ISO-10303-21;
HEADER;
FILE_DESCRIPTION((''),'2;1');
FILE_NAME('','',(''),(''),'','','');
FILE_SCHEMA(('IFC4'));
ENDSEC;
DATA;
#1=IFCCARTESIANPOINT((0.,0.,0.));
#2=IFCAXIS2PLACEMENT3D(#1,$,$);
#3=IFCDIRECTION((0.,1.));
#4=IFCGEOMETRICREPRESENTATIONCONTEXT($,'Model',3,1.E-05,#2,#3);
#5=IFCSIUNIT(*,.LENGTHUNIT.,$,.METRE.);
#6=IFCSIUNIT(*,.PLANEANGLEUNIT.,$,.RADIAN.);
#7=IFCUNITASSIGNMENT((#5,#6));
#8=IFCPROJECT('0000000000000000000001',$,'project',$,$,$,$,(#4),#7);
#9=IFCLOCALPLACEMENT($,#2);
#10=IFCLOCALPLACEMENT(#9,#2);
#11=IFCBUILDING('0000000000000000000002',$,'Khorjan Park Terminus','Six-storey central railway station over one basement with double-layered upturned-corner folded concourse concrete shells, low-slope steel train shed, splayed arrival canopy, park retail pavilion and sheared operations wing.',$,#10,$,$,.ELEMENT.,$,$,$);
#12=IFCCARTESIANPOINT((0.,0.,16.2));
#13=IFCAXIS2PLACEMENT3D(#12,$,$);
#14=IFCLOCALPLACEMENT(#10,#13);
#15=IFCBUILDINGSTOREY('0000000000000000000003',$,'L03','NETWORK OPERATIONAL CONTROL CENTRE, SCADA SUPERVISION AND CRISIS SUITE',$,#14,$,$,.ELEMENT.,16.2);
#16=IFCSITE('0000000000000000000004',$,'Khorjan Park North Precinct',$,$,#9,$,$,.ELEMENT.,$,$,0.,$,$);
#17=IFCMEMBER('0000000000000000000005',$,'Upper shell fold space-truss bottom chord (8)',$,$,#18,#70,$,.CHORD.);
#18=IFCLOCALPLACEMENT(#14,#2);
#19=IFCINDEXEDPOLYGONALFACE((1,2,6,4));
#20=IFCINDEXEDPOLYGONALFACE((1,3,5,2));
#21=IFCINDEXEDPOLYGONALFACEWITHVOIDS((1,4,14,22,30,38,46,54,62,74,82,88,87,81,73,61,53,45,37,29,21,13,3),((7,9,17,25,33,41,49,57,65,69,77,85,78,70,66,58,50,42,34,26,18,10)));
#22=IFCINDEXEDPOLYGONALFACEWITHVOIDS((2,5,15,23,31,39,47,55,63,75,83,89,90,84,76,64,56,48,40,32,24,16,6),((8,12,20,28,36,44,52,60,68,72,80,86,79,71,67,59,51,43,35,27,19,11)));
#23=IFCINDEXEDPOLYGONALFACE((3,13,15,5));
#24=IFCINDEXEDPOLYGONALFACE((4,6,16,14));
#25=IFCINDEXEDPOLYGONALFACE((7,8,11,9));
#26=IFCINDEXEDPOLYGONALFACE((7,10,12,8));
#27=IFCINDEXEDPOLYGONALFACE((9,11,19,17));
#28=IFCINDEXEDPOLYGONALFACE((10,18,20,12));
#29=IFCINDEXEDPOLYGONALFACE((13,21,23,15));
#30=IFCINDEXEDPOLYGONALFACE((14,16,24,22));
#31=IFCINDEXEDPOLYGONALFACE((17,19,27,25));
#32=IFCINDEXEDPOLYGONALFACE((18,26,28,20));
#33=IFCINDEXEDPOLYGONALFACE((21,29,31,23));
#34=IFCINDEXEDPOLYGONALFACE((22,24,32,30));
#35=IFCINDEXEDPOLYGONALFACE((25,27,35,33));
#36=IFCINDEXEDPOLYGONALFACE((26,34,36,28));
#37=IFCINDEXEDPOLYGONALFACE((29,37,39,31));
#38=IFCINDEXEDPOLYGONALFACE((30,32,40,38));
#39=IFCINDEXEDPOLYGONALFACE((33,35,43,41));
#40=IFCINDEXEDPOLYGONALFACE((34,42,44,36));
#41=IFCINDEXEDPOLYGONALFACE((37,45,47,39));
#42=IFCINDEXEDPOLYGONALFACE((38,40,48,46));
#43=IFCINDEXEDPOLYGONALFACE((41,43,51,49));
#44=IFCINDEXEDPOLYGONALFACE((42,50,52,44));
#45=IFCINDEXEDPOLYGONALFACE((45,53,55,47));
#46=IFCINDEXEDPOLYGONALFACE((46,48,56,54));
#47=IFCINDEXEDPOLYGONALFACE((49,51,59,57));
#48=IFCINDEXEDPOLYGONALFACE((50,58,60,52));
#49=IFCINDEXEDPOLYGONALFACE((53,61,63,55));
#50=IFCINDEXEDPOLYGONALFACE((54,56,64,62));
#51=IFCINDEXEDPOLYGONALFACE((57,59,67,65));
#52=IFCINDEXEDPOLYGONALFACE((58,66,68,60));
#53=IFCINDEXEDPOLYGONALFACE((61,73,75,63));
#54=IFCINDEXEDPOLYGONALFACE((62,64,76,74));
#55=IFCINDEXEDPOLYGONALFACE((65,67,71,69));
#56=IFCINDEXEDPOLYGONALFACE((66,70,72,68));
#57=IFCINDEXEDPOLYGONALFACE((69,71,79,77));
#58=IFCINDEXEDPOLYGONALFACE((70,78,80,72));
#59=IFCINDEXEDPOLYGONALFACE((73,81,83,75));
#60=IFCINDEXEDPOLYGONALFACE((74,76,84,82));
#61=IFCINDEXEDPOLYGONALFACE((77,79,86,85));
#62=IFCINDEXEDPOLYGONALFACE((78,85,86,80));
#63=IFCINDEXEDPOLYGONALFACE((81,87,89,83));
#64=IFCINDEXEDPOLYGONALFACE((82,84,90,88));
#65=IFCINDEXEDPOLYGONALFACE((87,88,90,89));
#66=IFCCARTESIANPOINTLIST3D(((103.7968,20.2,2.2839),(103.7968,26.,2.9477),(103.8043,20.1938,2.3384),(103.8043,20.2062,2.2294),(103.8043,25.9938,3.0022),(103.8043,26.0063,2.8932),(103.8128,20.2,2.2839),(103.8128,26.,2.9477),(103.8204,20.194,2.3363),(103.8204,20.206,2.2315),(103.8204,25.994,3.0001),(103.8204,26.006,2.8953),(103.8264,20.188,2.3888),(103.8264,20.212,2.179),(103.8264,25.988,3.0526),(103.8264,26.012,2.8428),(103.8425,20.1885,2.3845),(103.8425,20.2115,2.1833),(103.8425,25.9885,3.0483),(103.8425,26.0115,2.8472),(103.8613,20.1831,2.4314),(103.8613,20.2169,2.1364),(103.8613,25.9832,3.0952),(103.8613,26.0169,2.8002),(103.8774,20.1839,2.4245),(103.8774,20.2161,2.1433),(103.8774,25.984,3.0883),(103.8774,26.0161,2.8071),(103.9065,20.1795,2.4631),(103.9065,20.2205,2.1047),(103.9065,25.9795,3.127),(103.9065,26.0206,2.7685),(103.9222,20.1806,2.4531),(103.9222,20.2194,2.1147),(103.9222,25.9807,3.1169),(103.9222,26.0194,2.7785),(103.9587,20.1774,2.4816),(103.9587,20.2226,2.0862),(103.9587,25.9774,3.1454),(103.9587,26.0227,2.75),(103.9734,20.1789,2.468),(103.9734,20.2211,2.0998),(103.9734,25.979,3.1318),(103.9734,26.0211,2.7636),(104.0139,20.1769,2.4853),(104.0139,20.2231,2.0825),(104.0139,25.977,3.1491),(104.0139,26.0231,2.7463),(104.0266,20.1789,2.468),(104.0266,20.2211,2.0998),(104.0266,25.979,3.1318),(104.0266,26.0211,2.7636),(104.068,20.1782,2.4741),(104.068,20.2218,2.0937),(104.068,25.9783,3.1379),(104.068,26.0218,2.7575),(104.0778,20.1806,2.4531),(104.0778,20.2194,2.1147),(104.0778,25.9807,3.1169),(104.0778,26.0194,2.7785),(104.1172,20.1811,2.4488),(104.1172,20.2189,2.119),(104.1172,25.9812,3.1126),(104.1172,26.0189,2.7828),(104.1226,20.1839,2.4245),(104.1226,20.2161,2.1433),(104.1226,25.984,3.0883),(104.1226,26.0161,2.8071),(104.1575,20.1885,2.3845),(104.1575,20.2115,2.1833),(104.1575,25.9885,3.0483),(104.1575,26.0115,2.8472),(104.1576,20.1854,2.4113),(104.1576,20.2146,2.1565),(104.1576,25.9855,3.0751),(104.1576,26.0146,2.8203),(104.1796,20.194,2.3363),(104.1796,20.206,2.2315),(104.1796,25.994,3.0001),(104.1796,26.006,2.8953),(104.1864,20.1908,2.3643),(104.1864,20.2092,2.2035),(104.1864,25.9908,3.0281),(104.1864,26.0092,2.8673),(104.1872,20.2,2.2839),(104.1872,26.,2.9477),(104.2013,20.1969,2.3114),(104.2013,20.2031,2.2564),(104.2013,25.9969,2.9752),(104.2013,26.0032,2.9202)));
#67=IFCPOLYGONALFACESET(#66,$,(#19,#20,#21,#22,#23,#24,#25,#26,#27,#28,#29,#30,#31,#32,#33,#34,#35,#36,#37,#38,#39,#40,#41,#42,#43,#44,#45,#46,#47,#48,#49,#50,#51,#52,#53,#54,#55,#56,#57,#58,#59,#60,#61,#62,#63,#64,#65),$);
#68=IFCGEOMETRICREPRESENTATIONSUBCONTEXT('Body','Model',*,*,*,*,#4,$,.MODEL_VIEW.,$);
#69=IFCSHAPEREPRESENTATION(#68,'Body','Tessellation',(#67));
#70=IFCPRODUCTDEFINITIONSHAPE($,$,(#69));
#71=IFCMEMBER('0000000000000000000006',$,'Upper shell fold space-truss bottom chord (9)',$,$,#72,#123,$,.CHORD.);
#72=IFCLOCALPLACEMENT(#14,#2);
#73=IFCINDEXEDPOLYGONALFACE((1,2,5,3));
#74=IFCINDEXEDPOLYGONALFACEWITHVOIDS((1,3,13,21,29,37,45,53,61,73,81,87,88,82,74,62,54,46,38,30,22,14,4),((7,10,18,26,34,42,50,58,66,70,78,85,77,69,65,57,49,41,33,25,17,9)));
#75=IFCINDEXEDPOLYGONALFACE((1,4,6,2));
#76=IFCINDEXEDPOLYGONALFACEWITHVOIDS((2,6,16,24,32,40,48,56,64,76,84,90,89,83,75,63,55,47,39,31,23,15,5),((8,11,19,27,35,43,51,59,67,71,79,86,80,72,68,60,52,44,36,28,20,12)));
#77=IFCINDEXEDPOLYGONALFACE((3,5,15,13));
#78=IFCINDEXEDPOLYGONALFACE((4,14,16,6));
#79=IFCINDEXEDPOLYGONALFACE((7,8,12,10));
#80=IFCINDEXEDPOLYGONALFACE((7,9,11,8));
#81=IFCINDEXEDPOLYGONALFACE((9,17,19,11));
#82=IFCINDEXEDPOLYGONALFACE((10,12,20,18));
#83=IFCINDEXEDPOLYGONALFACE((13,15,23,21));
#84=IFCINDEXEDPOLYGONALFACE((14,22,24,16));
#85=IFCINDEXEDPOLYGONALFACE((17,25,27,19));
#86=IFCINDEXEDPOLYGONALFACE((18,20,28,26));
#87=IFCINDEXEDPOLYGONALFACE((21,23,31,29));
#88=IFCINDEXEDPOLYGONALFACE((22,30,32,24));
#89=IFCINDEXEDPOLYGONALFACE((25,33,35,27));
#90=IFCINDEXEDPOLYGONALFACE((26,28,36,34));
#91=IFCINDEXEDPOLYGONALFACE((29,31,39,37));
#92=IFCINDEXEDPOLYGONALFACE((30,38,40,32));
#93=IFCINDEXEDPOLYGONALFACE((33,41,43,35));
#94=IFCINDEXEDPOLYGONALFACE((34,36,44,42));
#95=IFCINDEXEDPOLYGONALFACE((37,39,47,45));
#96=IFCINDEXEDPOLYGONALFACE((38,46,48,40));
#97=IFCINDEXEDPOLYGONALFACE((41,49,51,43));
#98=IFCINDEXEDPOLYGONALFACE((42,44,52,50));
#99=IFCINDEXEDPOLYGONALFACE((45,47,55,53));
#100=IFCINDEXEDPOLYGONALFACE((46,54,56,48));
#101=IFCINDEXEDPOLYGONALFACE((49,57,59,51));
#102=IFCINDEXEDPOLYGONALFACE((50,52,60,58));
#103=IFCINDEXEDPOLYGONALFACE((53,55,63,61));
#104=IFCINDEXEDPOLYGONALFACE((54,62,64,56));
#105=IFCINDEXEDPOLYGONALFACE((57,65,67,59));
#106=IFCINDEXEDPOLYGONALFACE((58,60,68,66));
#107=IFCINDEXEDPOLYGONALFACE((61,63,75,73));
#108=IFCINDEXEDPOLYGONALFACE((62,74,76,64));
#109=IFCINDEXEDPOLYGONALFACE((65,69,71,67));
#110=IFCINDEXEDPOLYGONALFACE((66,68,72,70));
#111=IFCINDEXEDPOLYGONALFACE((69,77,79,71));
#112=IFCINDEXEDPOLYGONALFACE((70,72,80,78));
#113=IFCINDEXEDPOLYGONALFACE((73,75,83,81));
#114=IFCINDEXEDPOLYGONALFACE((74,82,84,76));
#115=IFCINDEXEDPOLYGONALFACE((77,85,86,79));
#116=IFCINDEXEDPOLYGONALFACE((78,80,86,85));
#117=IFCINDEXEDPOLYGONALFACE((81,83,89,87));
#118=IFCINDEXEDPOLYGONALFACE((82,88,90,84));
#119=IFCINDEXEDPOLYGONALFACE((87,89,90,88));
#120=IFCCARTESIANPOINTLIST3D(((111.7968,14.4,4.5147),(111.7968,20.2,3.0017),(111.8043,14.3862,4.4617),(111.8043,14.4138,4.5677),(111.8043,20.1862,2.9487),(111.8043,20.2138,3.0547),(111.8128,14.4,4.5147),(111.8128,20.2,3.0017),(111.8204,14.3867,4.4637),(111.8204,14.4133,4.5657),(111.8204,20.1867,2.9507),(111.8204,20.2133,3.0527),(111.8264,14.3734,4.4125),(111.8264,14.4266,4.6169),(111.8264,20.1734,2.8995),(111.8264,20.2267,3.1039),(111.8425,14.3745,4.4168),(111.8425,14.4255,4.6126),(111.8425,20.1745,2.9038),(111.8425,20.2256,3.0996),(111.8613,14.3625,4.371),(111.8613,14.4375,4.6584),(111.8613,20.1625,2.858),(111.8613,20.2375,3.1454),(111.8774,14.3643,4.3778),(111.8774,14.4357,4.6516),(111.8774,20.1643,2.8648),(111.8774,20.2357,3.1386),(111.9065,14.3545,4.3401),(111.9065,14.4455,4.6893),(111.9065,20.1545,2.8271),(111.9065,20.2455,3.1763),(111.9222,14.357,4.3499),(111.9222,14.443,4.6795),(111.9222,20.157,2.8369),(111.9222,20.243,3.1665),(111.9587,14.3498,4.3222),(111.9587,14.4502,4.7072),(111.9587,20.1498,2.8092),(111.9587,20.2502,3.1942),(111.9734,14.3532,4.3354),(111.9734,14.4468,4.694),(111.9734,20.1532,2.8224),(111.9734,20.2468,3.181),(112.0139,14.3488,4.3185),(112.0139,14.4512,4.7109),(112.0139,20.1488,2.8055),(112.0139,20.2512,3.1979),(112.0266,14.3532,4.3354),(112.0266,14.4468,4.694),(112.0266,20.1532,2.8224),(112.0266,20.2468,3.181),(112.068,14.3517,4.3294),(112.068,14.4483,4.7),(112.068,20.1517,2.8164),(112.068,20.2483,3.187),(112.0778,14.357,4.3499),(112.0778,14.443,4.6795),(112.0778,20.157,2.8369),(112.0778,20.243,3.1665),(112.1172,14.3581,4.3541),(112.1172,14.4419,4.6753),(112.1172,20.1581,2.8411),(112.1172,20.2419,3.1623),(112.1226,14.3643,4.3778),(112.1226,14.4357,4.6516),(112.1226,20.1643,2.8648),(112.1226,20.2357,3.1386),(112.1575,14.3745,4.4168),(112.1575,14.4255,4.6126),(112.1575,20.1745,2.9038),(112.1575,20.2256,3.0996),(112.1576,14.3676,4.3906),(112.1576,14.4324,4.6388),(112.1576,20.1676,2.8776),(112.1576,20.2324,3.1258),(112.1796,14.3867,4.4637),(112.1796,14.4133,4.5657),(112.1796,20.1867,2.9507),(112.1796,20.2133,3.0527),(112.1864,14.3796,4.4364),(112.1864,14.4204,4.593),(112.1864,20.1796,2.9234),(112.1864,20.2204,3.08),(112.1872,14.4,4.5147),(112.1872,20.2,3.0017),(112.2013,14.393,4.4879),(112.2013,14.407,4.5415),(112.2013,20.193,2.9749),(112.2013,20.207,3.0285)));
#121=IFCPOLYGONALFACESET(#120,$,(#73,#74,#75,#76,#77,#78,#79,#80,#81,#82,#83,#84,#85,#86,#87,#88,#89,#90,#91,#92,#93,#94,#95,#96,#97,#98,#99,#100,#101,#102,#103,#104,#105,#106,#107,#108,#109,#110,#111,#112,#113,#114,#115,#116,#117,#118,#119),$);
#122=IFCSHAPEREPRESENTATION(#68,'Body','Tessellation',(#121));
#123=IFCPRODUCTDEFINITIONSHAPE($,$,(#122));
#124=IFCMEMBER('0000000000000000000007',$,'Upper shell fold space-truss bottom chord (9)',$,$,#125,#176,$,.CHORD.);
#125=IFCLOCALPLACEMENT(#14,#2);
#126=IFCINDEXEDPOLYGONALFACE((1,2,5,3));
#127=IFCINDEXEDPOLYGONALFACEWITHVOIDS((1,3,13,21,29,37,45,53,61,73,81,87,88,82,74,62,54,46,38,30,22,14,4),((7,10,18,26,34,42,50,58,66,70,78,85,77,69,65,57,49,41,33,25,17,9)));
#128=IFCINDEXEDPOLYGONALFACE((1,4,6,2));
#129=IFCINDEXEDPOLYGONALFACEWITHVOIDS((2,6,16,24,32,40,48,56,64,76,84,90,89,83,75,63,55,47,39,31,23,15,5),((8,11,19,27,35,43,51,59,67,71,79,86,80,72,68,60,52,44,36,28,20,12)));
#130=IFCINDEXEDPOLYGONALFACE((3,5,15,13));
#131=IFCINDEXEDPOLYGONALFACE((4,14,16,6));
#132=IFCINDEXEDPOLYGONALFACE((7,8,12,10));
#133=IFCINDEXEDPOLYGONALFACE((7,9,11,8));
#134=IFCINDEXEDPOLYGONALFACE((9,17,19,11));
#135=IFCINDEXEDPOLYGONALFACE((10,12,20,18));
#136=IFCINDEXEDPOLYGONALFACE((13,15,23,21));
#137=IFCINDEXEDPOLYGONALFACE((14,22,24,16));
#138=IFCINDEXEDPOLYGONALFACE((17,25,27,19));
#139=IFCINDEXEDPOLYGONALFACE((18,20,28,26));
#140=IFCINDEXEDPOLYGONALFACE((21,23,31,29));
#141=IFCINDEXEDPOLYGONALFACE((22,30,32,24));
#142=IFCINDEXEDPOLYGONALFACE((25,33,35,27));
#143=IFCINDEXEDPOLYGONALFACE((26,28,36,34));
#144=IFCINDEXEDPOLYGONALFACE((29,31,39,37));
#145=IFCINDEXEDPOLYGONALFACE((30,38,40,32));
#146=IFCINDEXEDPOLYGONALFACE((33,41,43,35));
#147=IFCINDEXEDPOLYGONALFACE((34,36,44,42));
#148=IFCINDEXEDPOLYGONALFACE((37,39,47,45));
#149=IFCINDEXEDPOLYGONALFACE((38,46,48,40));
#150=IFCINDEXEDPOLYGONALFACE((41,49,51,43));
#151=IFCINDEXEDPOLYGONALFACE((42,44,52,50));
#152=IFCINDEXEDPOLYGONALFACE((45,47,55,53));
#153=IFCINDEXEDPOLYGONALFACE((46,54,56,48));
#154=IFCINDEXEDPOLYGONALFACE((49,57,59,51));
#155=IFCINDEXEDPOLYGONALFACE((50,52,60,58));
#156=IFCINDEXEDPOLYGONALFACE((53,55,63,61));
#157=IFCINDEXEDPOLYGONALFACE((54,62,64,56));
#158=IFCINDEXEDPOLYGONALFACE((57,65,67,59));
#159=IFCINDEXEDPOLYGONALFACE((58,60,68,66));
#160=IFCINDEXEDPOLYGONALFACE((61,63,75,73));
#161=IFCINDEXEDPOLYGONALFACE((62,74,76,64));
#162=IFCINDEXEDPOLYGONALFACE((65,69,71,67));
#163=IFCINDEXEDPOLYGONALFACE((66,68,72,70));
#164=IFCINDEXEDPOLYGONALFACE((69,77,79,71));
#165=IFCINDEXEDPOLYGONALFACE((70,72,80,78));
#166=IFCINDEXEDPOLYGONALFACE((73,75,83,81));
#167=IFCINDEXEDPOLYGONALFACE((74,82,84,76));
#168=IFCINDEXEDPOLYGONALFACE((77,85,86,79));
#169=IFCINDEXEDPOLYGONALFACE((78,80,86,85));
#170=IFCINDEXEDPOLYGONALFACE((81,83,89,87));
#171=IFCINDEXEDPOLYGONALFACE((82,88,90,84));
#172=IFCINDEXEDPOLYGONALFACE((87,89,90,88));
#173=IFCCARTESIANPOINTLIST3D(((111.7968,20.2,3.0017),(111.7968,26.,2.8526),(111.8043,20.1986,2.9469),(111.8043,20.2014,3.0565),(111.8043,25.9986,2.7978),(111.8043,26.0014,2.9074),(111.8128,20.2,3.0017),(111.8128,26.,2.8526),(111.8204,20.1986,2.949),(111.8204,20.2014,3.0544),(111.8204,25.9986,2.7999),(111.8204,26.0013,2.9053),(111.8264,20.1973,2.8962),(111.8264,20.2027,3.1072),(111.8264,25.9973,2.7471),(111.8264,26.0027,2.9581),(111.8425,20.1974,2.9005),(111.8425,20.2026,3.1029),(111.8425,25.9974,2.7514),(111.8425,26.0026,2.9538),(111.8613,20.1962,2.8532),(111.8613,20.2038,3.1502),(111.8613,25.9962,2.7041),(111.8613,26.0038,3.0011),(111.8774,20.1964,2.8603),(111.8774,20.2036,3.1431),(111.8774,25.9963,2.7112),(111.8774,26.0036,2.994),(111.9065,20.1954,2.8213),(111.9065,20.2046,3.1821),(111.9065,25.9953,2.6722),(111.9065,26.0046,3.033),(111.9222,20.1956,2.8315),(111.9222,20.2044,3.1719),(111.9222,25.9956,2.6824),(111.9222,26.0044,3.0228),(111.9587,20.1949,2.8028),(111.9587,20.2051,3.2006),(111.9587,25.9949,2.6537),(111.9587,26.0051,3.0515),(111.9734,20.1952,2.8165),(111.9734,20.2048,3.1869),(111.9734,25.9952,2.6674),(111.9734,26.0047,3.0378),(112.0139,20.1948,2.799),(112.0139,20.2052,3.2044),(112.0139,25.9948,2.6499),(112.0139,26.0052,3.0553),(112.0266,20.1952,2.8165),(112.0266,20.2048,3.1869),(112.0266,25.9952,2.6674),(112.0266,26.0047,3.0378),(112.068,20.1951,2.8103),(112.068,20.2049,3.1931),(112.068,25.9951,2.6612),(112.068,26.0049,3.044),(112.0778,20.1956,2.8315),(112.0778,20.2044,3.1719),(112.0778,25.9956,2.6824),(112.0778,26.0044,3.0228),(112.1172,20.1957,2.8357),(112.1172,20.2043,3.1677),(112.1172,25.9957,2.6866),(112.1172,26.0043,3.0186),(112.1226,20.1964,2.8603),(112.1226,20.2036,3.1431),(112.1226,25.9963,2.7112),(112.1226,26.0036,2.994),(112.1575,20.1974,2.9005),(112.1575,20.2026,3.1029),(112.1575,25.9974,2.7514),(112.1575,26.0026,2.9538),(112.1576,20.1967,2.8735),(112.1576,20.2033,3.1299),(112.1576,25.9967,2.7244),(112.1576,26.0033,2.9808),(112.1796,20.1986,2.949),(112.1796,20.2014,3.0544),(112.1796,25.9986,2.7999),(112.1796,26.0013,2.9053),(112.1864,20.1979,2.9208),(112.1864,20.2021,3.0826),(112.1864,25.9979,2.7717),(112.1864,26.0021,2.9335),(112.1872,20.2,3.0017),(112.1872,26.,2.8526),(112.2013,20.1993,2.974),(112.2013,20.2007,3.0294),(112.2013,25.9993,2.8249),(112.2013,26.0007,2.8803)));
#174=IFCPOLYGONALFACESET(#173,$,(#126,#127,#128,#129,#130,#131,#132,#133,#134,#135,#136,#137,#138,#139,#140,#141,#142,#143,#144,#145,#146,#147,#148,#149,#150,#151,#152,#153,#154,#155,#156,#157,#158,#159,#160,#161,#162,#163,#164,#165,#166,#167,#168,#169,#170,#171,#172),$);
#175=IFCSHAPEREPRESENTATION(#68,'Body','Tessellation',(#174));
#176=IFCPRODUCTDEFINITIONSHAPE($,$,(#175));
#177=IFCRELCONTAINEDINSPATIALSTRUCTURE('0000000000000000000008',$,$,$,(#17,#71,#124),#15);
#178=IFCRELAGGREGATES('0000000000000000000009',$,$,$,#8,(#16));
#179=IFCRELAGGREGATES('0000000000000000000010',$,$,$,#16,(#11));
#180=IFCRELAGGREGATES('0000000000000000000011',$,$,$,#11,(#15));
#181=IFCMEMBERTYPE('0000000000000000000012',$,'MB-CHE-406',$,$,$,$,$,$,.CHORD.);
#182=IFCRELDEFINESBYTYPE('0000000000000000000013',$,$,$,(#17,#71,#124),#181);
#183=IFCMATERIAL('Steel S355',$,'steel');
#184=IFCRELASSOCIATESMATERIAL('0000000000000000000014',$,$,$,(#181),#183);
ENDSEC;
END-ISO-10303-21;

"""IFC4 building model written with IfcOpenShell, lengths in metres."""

from ifc_helpers import new_model, si_unit, direction, frame, origin, origin_2d, place, context, subcontext, project, spatial, hollow_circle, extrude, material, material_profile, profile_set, type_object, element, save


model = new_model("IFC4")

# Units and contexts
model_context = context("Model", 3, precision=1e-05, world=origin(), true_north=direction((0.0, 1.0)))
body_context = subcontext(model_context, "Body", "Model", "MODEL_VIEW")
ifc_project = project(units=[si_unit("LENGTHUNIT", "METRE"), si_unit("PLANEANGLEUNIT", "RADIAN")], contexts=[model_context])

# Site, building, storey
site_placement = place(None, origin())
site = spatial("IfcSite", under=ifc_project, at=site_placement, Name="Khorjan Park North Precinct", CompositionType="ELEMENT", RefElevation=0.0)
building_placement = place(site_placement, origin())
building = spatial("IfcBuilding", under=site, at=building_placement, Name="Khorjan Park Terminus", Description="Six-storey central railway station over one basement with double-layered upturned-corner folded concourse concrete shells, low-slope steel train shed, splayed arrival canopy, park retail pavilion and sheared operations wing.", CompositionType="ELEMENT")
storey_placement = place(building_placement, frame((0.0, 0.0, 16.2)))
storey = spatial("IfcBuildingStorey", under=building, at=storey_placement, Name="L03", Description="NETWORK OPERATIONAL CONTROL CENTRE, SCADA SUPERVISION AND CRISIS SUITE", CompositionType="ELEMENT", Elevation=16.2)

# Members
ifc_material = material(Name="Steel S355", Category="steel")
ifc_material_profile_1 = material_profile(ifc_material, hollow_circle(Radius=0.2032, WallThickness=0.016, at=origin_2d()), Name="CHS 406.4x16")
ifc_profile_set_1 = profile_set([ifc_material_profile_1], Name="Steel S355")
member_type_1 = type_object("IfcMemberType", Name="MB-CHE-406", PredefinedType="CHORD", material=ifc_profile_set_1)
member_1_placement = place(storey_placement, frame((104.0, 20.2, 2.2839), z_axis=(0.0, 0.993514, 0.113706), x_axis=(-1.0, 0.0, 0.0)))
element("IfcMember", 1, at=member_1_placement, inside=storey, type_object=member_type_1, Name="Upper shell fold space-truss bottom chord (8)", PredefinedType="CHORD", context=body_context, shape_type="SweptSolid", body=[
    extrude(hollow_circle(Radius=0.2032, WallThickness=0.016, at=origin_2d()), origin(), (0.0, 0.0, 1.0), 5.8379),
])
member_2_placement = place(storey_placement, frame((112.0, 14.4, 4.5147), z_axis=(0.0, 0.967619, -0.252415), x_axis=(-1.0, 0.0, 0.0)))
element("IfcMember", 2, at=member_2_placement, inside=storey, type_object=member_type_1, Name="Upper shell fold space-truss bottom chord (9)", PredefinedType="CHORD", context=body_context, shape_type="SweptSolid", body=[
    extrude(hollow_circle(Radius=0.2032, WallThickness=0.016, at=origin_2d()), origin(), (0.0, 0.0, 1.0), 5.9941),
])
member_3_placement = place(storey_placement, frame((112.0, 20.2, 3.0017), z_axis=(0.0, 0.99967, -0.025698), x_axis=(-1.0, 0.0, 0.0)))
element("IfcMember", 3, at=member_3_placement, inside=storey, type_object=member_type_1, Name="Upper shell fold space-truss bottom chord (9)", PredefinedType="CHORD", context=body_context, shape_type="SweptSolid", body=[
    extrude(hollow_circle(Radius=0.2032, WallThickness=0.016, at=origin_2d()), origin(), (0.0, 0.0, 1.0), 5.8019),
])

save(model, "model.ifc")
